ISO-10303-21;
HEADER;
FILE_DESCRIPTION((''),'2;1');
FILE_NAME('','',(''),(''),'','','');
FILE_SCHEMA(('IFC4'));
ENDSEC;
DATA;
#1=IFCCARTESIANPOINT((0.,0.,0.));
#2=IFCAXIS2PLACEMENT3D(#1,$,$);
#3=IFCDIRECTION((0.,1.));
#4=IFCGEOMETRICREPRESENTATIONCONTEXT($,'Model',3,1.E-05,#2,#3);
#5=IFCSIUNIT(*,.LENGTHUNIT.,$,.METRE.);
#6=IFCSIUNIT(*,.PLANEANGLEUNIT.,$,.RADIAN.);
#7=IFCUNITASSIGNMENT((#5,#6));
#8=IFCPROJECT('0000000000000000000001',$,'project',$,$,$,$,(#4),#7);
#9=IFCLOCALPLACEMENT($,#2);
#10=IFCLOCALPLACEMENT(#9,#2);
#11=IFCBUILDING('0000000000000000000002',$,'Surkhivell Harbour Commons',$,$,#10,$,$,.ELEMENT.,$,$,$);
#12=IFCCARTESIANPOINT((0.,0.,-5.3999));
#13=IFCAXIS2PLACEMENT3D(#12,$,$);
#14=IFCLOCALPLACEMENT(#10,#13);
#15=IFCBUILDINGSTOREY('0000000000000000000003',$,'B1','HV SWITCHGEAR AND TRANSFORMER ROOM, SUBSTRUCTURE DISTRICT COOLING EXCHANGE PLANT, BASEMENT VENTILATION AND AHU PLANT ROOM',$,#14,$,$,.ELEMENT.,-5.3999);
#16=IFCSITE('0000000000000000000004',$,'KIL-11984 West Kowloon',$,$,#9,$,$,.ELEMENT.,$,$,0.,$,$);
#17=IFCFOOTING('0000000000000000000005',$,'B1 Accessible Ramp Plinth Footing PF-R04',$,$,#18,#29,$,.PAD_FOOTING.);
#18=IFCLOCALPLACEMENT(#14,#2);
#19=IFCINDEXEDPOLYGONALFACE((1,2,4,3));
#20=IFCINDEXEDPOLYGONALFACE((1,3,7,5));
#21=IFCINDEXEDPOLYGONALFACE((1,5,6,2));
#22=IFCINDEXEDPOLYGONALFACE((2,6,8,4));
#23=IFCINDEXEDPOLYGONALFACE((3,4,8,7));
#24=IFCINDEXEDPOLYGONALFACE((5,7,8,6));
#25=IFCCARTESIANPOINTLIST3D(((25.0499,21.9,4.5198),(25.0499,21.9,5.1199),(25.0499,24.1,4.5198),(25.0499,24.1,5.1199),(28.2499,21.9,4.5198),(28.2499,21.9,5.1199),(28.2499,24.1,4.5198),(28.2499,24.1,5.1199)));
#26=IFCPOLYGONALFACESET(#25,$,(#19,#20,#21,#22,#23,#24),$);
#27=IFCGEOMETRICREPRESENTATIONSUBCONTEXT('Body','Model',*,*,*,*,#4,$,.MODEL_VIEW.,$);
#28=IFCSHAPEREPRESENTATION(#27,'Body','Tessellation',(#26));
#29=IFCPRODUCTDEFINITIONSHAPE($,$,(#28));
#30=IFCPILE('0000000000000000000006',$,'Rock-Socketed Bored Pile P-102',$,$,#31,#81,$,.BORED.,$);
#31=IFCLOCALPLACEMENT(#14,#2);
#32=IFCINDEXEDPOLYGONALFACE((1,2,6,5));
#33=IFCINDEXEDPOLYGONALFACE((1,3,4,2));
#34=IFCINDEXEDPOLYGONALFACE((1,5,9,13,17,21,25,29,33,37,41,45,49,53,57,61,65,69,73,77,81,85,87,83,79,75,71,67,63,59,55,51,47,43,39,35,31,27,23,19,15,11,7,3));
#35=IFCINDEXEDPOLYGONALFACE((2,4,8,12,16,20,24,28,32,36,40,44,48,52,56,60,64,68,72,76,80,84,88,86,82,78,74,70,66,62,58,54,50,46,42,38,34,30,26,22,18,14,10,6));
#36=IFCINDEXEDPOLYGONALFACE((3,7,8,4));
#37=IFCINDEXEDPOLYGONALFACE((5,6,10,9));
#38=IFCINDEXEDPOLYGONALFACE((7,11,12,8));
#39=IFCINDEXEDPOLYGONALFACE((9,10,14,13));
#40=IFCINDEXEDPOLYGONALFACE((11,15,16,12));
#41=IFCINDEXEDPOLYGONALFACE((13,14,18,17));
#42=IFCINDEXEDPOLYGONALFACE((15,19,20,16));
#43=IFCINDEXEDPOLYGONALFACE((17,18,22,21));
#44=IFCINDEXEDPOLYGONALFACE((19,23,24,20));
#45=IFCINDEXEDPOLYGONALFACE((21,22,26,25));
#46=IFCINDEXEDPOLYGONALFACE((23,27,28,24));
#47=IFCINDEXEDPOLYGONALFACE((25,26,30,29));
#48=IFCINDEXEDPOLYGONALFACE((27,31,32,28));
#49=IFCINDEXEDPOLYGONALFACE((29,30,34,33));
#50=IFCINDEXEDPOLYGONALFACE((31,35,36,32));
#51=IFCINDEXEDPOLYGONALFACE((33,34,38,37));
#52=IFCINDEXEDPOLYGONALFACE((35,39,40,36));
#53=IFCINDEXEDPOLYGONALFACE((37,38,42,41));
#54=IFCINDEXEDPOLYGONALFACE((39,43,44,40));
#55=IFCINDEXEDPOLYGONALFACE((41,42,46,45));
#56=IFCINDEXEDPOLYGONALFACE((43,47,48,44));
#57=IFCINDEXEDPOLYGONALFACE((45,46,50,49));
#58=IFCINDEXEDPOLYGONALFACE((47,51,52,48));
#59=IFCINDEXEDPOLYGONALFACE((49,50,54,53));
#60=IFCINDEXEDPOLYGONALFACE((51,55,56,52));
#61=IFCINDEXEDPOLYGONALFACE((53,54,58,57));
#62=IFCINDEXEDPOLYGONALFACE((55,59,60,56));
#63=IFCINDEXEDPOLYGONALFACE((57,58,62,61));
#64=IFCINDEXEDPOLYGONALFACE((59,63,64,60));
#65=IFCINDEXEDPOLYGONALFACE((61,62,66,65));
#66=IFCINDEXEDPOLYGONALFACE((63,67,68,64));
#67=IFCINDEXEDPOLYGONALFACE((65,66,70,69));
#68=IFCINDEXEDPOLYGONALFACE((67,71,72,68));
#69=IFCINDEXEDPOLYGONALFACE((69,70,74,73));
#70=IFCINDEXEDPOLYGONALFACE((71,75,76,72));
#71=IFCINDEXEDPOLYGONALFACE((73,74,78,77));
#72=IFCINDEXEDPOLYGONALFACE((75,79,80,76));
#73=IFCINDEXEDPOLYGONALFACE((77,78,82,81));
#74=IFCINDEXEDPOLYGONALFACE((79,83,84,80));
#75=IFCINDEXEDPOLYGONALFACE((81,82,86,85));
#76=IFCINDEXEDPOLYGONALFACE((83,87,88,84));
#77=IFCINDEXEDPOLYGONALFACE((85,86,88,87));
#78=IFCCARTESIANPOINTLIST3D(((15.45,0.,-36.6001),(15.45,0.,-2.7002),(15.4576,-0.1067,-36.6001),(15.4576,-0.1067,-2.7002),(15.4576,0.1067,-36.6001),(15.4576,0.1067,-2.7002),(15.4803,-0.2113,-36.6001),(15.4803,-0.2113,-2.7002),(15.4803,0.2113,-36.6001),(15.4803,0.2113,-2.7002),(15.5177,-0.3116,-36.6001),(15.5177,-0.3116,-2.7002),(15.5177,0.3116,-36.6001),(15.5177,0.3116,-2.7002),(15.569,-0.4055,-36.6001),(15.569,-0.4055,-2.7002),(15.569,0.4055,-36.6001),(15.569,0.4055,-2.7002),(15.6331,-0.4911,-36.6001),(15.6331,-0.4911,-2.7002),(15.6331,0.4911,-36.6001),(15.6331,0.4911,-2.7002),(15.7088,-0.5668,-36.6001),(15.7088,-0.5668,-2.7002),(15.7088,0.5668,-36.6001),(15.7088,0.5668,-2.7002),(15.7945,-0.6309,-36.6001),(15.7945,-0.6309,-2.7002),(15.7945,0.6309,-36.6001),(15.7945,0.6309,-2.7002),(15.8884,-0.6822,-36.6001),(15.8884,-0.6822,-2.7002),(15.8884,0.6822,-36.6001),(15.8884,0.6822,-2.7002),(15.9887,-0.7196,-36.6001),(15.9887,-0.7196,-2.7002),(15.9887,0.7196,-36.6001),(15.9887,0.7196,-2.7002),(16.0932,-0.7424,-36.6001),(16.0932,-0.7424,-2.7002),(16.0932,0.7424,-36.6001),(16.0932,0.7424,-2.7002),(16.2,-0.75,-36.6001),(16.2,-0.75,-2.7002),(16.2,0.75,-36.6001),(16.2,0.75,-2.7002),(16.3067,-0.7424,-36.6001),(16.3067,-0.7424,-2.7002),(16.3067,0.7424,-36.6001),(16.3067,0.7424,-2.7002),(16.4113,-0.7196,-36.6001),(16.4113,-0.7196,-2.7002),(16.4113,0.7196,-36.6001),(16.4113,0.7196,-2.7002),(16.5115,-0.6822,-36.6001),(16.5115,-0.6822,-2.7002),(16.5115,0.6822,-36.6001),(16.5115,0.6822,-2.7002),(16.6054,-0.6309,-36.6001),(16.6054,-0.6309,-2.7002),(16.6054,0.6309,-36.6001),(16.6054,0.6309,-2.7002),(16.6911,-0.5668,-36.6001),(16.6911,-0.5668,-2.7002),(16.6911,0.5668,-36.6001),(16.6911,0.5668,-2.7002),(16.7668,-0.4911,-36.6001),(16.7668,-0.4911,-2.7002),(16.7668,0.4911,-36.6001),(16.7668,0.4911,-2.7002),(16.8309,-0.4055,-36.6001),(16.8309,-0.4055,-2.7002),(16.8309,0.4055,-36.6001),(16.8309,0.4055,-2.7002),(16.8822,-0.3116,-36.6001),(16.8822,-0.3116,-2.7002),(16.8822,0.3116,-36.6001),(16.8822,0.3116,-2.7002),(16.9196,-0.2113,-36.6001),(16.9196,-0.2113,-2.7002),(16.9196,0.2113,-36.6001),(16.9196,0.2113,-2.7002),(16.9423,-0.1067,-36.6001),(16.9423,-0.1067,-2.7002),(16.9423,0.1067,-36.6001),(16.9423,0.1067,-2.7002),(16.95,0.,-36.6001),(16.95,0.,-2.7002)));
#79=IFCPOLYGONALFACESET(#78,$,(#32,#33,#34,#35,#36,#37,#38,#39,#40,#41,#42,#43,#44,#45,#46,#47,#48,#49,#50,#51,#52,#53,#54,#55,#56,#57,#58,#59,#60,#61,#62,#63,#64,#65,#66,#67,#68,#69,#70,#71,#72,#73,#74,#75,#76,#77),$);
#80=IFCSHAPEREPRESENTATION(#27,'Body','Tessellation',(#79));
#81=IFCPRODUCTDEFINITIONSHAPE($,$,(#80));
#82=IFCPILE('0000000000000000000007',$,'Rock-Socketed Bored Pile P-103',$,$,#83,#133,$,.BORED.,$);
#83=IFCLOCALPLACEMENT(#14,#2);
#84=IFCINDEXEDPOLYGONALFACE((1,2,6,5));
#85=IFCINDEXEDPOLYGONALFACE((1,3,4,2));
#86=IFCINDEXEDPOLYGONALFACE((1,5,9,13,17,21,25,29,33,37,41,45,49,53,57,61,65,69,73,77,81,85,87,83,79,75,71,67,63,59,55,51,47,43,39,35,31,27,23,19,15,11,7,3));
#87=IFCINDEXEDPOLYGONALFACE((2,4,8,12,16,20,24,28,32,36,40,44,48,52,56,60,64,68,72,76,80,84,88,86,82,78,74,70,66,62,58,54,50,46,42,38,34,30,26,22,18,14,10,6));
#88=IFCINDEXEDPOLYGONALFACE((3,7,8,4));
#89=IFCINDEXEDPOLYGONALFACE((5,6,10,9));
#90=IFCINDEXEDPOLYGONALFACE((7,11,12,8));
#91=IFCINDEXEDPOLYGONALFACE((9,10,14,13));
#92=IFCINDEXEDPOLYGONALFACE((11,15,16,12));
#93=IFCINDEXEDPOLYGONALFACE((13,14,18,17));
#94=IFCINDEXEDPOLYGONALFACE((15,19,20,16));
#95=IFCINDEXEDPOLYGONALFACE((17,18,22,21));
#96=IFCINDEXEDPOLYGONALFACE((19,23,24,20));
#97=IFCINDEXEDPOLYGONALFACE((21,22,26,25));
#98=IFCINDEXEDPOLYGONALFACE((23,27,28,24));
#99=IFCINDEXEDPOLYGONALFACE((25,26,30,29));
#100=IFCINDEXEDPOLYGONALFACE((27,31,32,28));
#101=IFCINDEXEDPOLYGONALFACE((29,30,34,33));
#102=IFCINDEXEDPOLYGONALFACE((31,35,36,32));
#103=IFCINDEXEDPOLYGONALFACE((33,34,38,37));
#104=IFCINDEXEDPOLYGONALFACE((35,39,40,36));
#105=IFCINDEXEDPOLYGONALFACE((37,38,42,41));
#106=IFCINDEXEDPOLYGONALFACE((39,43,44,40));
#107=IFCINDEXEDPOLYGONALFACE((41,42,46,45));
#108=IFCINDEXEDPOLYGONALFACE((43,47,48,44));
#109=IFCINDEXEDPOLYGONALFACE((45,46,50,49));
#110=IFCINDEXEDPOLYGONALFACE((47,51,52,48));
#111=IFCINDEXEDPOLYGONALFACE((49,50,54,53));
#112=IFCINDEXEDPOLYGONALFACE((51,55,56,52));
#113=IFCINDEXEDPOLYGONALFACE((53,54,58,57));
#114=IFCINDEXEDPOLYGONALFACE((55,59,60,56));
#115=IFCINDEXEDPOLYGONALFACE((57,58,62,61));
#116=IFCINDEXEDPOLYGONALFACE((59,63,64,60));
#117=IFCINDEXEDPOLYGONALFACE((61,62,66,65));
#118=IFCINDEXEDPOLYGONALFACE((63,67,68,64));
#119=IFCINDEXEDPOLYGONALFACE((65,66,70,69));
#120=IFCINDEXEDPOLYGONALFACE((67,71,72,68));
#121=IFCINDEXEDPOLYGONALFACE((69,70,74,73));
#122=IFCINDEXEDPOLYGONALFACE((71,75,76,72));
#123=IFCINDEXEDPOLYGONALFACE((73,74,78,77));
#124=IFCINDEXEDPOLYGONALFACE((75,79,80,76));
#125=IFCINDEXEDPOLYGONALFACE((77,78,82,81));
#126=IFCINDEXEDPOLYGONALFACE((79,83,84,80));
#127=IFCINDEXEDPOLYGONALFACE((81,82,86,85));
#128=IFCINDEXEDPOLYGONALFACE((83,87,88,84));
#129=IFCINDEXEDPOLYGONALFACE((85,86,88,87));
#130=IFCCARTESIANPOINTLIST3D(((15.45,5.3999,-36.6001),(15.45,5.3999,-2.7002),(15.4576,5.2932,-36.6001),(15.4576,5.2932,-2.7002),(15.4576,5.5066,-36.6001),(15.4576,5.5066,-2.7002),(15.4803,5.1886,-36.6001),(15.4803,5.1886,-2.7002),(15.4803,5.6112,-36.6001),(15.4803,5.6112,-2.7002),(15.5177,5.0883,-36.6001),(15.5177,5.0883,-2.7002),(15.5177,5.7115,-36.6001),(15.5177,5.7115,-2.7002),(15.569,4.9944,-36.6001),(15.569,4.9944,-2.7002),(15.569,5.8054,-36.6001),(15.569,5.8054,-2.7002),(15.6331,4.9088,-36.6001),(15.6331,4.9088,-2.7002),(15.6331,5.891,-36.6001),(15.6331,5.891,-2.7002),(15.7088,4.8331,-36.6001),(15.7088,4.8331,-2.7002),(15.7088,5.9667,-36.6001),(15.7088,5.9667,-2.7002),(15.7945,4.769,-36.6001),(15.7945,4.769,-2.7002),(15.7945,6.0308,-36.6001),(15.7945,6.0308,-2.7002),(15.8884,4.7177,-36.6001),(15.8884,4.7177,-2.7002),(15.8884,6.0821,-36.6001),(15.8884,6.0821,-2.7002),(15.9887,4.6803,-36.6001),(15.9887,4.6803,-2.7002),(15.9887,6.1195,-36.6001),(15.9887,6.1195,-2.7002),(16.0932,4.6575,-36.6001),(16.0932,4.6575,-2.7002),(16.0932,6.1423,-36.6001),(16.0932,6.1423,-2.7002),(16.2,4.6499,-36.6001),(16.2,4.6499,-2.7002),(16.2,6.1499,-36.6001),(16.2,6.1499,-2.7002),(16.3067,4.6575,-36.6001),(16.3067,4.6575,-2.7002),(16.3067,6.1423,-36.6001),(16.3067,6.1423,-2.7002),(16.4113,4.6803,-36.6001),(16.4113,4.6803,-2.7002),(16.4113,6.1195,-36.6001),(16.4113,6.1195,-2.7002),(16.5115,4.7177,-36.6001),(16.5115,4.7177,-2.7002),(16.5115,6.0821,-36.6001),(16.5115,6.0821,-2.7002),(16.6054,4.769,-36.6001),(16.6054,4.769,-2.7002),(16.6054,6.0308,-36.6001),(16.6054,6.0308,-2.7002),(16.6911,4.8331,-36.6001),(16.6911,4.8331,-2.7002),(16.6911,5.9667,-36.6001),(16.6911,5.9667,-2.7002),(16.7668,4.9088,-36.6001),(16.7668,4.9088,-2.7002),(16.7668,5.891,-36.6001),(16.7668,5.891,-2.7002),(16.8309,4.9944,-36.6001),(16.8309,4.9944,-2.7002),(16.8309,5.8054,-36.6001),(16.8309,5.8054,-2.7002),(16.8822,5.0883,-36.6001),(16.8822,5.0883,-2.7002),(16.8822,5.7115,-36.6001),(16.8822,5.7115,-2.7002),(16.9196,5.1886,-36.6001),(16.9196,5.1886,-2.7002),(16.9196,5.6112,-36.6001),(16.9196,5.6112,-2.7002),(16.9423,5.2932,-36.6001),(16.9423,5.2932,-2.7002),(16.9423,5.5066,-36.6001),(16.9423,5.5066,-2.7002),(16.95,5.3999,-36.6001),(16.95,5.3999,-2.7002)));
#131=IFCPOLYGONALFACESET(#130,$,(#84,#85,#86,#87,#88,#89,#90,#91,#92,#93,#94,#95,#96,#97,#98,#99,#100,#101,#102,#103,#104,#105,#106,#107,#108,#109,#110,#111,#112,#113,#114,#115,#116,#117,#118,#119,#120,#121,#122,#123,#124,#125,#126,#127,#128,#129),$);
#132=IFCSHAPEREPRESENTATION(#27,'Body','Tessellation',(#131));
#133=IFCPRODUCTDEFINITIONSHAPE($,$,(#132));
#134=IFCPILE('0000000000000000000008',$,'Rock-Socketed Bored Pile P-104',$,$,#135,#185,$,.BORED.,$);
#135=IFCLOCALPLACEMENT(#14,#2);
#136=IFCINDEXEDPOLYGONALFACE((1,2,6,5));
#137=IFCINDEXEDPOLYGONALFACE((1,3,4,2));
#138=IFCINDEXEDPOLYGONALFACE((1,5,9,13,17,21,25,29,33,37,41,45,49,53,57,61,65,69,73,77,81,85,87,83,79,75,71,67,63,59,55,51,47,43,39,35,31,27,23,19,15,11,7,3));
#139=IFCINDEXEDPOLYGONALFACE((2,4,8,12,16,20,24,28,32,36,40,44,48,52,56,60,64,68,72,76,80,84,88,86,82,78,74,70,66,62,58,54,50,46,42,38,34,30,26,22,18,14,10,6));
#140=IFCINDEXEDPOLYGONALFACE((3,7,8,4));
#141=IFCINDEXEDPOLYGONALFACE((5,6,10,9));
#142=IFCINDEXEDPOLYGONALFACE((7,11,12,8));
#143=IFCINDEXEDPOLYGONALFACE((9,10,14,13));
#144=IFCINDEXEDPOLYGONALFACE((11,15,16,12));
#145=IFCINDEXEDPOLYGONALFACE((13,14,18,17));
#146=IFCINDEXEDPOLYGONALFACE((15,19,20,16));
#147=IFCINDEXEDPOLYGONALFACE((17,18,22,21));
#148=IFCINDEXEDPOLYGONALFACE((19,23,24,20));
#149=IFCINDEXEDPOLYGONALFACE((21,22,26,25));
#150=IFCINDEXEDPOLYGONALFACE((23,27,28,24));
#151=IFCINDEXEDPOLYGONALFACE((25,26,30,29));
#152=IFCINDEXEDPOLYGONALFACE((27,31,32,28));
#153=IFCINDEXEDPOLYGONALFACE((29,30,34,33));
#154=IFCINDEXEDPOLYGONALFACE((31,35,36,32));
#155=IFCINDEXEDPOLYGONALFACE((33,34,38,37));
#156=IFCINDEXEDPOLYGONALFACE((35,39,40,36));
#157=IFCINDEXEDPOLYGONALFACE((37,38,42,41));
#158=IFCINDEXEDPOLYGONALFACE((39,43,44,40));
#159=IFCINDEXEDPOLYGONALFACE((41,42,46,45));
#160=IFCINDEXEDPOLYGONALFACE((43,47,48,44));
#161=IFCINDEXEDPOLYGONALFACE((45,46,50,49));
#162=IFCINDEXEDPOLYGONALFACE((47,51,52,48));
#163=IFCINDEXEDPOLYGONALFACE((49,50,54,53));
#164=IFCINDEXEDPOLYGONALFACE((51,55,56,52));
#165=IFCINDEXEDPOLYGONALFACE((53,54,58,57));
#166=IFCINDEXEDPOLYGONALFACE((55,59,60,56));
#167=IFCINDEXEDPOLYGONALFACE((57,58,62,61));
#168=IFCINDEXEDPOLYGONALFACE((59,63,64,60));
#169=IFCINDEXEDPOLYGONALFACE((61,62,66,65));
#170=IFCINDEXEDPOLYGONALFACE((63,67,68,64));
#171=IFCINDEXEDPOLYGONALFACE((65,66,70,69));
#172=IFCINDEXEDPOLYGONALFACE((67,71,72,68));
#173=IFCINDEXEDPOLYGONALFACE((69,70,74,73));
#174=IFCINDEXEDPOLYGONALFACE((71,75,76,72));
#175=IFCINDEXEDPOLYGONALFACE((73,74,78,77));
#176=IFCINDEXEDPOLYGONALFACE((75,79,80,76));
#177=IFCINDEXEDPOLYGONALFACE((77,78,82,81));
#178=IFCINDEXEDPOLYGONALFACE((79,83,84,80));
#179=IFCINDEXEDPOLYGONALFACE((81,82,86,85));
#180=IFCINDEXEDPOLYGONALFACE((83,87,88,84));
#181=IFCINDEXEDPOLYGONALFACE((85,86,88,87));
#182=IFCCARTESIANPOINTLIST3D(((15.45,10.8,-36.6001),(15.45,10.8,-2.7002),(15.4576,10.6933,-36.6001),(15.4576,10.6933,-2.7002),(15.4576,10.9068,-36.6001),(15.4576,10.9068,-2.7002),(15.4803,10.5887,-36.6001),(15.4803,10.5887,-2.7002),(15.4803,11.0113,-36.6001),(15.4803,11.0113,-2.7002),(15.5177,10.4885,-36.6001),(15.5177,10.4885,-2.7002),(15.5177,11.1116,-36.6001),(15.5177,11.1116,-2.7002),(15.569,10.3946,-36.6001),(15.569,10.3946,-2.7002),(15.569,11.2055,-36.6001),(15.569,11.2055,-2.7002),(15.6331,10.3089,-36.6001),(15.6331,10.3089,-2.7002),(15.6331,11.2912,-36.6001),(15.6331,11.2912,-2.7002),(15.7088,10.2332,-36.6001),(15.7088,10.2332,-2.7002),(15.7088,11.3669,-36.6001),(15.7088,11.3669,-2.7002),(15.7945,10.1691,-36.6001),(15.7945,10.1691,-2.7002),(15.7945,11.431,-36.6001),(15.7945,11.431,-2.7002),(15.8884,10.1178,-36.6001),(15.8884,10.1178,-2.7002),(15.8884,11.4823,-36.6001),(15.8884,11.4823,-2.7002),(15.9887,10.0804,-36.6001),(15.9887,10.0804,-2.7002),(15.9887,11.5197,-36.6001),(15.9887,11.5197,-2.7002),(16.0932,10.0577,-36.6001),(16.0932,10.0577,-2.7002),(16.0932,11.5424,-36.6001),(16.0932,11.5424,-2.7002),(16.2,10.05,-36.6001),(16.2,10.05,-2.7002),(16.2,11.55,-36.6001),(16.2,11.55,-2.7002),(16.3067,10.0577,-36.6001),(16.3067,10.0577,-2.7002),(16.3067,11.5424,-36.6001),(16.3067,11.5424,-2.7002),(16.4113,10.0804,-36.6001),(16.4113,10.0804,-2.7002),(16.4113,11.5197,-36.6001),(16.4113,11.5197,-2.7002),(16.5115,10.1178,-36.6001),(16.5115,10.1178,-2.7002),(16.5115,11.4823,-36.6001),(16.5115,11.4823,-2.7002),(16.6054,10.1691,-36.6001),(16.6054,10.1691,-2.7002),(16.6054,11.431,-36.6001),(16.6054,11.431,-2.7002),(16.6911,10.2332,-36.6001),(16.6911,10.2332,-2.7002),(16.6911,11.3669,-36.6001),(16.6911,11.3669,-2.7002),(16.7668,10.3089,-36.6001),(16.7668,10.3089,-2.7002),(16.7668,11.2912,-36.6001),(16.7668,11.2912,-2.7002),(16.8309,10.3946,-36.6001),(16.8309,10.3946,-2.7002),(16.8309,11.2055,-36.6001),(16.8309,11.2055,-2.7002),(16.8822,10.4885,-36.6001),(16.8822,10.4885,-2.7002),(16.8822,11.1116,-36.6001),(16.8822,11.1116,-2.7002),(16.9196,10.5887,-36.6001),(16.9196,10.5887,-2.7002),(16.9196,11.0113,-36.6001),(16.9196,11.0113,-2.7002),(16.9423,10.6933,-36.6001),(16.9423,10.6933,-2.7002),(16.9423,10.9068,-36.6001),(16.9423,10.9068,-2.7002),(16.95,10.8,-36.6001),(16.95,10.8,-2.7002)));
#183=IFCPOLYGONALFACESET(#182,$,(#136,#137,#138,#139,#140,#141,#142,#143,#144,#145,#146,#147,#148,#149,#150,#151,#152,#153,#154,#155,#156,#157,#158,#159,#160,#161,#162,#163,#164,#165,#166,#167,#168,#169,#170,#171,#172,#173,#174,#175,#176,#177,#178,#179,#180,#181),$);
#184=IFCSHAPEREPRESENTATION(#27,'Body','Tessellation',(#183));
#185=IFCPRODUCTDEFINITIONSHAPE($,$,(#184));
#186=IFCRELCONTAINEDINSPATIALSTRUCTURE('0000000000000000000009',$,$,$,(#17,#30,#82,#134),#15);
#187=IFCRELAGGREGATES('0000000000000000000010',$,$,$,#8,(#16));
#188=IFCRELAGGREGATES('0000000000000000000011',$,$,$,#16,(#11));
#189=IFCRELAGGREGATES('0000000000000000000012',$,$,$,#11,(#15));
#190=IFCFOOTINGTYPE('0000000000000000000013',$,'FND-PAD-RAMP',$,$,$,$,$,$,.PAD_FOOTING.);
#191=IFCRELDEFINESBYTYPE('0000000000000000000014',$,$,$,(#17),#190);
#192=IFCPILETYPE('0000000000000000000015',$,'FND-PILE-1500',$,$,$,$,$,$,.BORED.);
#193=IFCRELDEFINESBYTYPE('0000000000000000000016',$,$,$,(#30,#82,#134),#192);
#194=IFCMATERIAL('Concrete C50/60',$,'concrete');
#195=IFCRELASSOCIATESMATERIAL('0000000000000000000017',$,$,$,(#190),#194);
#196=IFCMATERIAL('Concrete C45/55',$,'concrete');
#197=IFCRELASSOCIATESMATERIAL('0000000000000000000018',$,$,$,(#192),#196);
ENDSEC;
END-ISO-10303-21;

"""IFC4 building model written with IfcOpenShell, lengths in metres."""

from ifc_helpers import new_model, si_unit, direction, frame, origin, origin_2d, place, context, subcontext, project, spatial, rectangle, circle, extrude, material, material_profile, profile_set, type_object, element, save


model = new_model("IFC4")

# Units and contexts
model_context = context("Model", 3, precision=1e-05, world=origin(), true_north=direction((0.0, 1.0)))
body_context = subcontext(model_context, "Body", "Model", "MODEL_VIEW")
ifc_project = project(units=[si_unit("LENGTHUNIT", "METRE"), si_unit("PLANEANGLEUNIT", "RADIAN")], contexts=[model_context])

# Site, building, storey
site_placement = place(None, origin())
site = spatial("IfcSite", under=ifc_project, at=site_placement, Name="KIL-11984 West Kowloon", CompositionType="ELEMENT", RefElevation=0.0)
building_placement = place(site_placement, origin())
building = spatial("IfcBuilding", under=site, at=building_placement, Name="Surkhivell Harbour Commons", CompositionType="ELEMENT")
storey_placement = place(building_placement, frame((0.0, 0.0, -5.3999)))
storey = spatial("IfcBuildingStorey", under=building, at=storey_placement, Name="B1", Description="HV SWITCHGEAR AND TRANSFORMER ROOM, SUBSTRUCTURE DISTRICT COOLING EXCHANGE PLANT, BASEMENT VENTILATION AND AHU PLANT ROOM", CompositionType="ELEMENT", Elevation=-5.3999)

# Footing
ifc_material_1 = material(Name="Concrete C50/60", Category="concrete")
footing_type = type_object("IfcFootingType", Name="FND-PAD-RAMP", PredefinedType="PAD_FOOTING", material=ifc_material_1)
footing_placement = place(storey_placement, frame((26.6499, 23.0, 4.5198), z_axis=(0.0, 0.0, 1.0), x_axis=(1.0, 0.0, 0.0)))
element("IfcFooting", 1, at=footing_placement, inside=storey, type_object=footing_type, Name="B1 Accessible Ramp Plinth Footing PF-R04", PredefinedType="PAD_FOOTING", context=body_context, shape_type="SweptSolid", body=[
    extrude(rectangle(XDim=3.2, YDim=2.2, at=origin_2d()), origin(), (0.0, 0.0, 1.0), 0.6001),
])

# Piles
ifc_material_2 = material(Name="Concrete C45/55", Category="concrete")
ifc_material_profile_1 = material_profile(ifc_material_2, circle(Radius=0.75, at=origin_2d()), Name="PILE-1500")
ifc_profile_set_1 = profile_set([ifc_material_profile_1], Name="Concrete C45/55")
pile_type_1 = type_object("IfcPileType", Name="FND-PILE-1500", PredefinedType="BORED", material=ifc_profile_set_1)
for number, where, z_axis, x_axis, name in (
    (2, (16.2, 0.0, -2.7002), (0.0, 0.0, -1.0), (1.0, 0.0, 0.0), "Rock-Socketed Bored Pile P-102"),
    (3, (16.2, 5.3999, -2.7002), (0.0, 0.0, -1.0), (1.0, 0.0, 0.0), "Rock-Socketed Bored Pile P-103"),
    (4, (16.2, 10.8, -2.7002), (0.0, 0.0, -1.0), (1.0, 0.0, 0.0), "Rock-Socketed Bored Pile P-104"),
):
    element("IfcPile", number, at=place(storey_placement, frame(where, z_axis=z_axis, x_axis=x_axis)), inside=storey, type_object=pile_type_1, Name=name, PredefinedType="BORED", context=body_context, shape_type="SweptSolid", body=[
        extrude(circle(Radius=0.75, at=origin_2d()), origin(), (0.0, 0.0, 1.0), 33.8999),
    ])

save(model, "model.ifc")
